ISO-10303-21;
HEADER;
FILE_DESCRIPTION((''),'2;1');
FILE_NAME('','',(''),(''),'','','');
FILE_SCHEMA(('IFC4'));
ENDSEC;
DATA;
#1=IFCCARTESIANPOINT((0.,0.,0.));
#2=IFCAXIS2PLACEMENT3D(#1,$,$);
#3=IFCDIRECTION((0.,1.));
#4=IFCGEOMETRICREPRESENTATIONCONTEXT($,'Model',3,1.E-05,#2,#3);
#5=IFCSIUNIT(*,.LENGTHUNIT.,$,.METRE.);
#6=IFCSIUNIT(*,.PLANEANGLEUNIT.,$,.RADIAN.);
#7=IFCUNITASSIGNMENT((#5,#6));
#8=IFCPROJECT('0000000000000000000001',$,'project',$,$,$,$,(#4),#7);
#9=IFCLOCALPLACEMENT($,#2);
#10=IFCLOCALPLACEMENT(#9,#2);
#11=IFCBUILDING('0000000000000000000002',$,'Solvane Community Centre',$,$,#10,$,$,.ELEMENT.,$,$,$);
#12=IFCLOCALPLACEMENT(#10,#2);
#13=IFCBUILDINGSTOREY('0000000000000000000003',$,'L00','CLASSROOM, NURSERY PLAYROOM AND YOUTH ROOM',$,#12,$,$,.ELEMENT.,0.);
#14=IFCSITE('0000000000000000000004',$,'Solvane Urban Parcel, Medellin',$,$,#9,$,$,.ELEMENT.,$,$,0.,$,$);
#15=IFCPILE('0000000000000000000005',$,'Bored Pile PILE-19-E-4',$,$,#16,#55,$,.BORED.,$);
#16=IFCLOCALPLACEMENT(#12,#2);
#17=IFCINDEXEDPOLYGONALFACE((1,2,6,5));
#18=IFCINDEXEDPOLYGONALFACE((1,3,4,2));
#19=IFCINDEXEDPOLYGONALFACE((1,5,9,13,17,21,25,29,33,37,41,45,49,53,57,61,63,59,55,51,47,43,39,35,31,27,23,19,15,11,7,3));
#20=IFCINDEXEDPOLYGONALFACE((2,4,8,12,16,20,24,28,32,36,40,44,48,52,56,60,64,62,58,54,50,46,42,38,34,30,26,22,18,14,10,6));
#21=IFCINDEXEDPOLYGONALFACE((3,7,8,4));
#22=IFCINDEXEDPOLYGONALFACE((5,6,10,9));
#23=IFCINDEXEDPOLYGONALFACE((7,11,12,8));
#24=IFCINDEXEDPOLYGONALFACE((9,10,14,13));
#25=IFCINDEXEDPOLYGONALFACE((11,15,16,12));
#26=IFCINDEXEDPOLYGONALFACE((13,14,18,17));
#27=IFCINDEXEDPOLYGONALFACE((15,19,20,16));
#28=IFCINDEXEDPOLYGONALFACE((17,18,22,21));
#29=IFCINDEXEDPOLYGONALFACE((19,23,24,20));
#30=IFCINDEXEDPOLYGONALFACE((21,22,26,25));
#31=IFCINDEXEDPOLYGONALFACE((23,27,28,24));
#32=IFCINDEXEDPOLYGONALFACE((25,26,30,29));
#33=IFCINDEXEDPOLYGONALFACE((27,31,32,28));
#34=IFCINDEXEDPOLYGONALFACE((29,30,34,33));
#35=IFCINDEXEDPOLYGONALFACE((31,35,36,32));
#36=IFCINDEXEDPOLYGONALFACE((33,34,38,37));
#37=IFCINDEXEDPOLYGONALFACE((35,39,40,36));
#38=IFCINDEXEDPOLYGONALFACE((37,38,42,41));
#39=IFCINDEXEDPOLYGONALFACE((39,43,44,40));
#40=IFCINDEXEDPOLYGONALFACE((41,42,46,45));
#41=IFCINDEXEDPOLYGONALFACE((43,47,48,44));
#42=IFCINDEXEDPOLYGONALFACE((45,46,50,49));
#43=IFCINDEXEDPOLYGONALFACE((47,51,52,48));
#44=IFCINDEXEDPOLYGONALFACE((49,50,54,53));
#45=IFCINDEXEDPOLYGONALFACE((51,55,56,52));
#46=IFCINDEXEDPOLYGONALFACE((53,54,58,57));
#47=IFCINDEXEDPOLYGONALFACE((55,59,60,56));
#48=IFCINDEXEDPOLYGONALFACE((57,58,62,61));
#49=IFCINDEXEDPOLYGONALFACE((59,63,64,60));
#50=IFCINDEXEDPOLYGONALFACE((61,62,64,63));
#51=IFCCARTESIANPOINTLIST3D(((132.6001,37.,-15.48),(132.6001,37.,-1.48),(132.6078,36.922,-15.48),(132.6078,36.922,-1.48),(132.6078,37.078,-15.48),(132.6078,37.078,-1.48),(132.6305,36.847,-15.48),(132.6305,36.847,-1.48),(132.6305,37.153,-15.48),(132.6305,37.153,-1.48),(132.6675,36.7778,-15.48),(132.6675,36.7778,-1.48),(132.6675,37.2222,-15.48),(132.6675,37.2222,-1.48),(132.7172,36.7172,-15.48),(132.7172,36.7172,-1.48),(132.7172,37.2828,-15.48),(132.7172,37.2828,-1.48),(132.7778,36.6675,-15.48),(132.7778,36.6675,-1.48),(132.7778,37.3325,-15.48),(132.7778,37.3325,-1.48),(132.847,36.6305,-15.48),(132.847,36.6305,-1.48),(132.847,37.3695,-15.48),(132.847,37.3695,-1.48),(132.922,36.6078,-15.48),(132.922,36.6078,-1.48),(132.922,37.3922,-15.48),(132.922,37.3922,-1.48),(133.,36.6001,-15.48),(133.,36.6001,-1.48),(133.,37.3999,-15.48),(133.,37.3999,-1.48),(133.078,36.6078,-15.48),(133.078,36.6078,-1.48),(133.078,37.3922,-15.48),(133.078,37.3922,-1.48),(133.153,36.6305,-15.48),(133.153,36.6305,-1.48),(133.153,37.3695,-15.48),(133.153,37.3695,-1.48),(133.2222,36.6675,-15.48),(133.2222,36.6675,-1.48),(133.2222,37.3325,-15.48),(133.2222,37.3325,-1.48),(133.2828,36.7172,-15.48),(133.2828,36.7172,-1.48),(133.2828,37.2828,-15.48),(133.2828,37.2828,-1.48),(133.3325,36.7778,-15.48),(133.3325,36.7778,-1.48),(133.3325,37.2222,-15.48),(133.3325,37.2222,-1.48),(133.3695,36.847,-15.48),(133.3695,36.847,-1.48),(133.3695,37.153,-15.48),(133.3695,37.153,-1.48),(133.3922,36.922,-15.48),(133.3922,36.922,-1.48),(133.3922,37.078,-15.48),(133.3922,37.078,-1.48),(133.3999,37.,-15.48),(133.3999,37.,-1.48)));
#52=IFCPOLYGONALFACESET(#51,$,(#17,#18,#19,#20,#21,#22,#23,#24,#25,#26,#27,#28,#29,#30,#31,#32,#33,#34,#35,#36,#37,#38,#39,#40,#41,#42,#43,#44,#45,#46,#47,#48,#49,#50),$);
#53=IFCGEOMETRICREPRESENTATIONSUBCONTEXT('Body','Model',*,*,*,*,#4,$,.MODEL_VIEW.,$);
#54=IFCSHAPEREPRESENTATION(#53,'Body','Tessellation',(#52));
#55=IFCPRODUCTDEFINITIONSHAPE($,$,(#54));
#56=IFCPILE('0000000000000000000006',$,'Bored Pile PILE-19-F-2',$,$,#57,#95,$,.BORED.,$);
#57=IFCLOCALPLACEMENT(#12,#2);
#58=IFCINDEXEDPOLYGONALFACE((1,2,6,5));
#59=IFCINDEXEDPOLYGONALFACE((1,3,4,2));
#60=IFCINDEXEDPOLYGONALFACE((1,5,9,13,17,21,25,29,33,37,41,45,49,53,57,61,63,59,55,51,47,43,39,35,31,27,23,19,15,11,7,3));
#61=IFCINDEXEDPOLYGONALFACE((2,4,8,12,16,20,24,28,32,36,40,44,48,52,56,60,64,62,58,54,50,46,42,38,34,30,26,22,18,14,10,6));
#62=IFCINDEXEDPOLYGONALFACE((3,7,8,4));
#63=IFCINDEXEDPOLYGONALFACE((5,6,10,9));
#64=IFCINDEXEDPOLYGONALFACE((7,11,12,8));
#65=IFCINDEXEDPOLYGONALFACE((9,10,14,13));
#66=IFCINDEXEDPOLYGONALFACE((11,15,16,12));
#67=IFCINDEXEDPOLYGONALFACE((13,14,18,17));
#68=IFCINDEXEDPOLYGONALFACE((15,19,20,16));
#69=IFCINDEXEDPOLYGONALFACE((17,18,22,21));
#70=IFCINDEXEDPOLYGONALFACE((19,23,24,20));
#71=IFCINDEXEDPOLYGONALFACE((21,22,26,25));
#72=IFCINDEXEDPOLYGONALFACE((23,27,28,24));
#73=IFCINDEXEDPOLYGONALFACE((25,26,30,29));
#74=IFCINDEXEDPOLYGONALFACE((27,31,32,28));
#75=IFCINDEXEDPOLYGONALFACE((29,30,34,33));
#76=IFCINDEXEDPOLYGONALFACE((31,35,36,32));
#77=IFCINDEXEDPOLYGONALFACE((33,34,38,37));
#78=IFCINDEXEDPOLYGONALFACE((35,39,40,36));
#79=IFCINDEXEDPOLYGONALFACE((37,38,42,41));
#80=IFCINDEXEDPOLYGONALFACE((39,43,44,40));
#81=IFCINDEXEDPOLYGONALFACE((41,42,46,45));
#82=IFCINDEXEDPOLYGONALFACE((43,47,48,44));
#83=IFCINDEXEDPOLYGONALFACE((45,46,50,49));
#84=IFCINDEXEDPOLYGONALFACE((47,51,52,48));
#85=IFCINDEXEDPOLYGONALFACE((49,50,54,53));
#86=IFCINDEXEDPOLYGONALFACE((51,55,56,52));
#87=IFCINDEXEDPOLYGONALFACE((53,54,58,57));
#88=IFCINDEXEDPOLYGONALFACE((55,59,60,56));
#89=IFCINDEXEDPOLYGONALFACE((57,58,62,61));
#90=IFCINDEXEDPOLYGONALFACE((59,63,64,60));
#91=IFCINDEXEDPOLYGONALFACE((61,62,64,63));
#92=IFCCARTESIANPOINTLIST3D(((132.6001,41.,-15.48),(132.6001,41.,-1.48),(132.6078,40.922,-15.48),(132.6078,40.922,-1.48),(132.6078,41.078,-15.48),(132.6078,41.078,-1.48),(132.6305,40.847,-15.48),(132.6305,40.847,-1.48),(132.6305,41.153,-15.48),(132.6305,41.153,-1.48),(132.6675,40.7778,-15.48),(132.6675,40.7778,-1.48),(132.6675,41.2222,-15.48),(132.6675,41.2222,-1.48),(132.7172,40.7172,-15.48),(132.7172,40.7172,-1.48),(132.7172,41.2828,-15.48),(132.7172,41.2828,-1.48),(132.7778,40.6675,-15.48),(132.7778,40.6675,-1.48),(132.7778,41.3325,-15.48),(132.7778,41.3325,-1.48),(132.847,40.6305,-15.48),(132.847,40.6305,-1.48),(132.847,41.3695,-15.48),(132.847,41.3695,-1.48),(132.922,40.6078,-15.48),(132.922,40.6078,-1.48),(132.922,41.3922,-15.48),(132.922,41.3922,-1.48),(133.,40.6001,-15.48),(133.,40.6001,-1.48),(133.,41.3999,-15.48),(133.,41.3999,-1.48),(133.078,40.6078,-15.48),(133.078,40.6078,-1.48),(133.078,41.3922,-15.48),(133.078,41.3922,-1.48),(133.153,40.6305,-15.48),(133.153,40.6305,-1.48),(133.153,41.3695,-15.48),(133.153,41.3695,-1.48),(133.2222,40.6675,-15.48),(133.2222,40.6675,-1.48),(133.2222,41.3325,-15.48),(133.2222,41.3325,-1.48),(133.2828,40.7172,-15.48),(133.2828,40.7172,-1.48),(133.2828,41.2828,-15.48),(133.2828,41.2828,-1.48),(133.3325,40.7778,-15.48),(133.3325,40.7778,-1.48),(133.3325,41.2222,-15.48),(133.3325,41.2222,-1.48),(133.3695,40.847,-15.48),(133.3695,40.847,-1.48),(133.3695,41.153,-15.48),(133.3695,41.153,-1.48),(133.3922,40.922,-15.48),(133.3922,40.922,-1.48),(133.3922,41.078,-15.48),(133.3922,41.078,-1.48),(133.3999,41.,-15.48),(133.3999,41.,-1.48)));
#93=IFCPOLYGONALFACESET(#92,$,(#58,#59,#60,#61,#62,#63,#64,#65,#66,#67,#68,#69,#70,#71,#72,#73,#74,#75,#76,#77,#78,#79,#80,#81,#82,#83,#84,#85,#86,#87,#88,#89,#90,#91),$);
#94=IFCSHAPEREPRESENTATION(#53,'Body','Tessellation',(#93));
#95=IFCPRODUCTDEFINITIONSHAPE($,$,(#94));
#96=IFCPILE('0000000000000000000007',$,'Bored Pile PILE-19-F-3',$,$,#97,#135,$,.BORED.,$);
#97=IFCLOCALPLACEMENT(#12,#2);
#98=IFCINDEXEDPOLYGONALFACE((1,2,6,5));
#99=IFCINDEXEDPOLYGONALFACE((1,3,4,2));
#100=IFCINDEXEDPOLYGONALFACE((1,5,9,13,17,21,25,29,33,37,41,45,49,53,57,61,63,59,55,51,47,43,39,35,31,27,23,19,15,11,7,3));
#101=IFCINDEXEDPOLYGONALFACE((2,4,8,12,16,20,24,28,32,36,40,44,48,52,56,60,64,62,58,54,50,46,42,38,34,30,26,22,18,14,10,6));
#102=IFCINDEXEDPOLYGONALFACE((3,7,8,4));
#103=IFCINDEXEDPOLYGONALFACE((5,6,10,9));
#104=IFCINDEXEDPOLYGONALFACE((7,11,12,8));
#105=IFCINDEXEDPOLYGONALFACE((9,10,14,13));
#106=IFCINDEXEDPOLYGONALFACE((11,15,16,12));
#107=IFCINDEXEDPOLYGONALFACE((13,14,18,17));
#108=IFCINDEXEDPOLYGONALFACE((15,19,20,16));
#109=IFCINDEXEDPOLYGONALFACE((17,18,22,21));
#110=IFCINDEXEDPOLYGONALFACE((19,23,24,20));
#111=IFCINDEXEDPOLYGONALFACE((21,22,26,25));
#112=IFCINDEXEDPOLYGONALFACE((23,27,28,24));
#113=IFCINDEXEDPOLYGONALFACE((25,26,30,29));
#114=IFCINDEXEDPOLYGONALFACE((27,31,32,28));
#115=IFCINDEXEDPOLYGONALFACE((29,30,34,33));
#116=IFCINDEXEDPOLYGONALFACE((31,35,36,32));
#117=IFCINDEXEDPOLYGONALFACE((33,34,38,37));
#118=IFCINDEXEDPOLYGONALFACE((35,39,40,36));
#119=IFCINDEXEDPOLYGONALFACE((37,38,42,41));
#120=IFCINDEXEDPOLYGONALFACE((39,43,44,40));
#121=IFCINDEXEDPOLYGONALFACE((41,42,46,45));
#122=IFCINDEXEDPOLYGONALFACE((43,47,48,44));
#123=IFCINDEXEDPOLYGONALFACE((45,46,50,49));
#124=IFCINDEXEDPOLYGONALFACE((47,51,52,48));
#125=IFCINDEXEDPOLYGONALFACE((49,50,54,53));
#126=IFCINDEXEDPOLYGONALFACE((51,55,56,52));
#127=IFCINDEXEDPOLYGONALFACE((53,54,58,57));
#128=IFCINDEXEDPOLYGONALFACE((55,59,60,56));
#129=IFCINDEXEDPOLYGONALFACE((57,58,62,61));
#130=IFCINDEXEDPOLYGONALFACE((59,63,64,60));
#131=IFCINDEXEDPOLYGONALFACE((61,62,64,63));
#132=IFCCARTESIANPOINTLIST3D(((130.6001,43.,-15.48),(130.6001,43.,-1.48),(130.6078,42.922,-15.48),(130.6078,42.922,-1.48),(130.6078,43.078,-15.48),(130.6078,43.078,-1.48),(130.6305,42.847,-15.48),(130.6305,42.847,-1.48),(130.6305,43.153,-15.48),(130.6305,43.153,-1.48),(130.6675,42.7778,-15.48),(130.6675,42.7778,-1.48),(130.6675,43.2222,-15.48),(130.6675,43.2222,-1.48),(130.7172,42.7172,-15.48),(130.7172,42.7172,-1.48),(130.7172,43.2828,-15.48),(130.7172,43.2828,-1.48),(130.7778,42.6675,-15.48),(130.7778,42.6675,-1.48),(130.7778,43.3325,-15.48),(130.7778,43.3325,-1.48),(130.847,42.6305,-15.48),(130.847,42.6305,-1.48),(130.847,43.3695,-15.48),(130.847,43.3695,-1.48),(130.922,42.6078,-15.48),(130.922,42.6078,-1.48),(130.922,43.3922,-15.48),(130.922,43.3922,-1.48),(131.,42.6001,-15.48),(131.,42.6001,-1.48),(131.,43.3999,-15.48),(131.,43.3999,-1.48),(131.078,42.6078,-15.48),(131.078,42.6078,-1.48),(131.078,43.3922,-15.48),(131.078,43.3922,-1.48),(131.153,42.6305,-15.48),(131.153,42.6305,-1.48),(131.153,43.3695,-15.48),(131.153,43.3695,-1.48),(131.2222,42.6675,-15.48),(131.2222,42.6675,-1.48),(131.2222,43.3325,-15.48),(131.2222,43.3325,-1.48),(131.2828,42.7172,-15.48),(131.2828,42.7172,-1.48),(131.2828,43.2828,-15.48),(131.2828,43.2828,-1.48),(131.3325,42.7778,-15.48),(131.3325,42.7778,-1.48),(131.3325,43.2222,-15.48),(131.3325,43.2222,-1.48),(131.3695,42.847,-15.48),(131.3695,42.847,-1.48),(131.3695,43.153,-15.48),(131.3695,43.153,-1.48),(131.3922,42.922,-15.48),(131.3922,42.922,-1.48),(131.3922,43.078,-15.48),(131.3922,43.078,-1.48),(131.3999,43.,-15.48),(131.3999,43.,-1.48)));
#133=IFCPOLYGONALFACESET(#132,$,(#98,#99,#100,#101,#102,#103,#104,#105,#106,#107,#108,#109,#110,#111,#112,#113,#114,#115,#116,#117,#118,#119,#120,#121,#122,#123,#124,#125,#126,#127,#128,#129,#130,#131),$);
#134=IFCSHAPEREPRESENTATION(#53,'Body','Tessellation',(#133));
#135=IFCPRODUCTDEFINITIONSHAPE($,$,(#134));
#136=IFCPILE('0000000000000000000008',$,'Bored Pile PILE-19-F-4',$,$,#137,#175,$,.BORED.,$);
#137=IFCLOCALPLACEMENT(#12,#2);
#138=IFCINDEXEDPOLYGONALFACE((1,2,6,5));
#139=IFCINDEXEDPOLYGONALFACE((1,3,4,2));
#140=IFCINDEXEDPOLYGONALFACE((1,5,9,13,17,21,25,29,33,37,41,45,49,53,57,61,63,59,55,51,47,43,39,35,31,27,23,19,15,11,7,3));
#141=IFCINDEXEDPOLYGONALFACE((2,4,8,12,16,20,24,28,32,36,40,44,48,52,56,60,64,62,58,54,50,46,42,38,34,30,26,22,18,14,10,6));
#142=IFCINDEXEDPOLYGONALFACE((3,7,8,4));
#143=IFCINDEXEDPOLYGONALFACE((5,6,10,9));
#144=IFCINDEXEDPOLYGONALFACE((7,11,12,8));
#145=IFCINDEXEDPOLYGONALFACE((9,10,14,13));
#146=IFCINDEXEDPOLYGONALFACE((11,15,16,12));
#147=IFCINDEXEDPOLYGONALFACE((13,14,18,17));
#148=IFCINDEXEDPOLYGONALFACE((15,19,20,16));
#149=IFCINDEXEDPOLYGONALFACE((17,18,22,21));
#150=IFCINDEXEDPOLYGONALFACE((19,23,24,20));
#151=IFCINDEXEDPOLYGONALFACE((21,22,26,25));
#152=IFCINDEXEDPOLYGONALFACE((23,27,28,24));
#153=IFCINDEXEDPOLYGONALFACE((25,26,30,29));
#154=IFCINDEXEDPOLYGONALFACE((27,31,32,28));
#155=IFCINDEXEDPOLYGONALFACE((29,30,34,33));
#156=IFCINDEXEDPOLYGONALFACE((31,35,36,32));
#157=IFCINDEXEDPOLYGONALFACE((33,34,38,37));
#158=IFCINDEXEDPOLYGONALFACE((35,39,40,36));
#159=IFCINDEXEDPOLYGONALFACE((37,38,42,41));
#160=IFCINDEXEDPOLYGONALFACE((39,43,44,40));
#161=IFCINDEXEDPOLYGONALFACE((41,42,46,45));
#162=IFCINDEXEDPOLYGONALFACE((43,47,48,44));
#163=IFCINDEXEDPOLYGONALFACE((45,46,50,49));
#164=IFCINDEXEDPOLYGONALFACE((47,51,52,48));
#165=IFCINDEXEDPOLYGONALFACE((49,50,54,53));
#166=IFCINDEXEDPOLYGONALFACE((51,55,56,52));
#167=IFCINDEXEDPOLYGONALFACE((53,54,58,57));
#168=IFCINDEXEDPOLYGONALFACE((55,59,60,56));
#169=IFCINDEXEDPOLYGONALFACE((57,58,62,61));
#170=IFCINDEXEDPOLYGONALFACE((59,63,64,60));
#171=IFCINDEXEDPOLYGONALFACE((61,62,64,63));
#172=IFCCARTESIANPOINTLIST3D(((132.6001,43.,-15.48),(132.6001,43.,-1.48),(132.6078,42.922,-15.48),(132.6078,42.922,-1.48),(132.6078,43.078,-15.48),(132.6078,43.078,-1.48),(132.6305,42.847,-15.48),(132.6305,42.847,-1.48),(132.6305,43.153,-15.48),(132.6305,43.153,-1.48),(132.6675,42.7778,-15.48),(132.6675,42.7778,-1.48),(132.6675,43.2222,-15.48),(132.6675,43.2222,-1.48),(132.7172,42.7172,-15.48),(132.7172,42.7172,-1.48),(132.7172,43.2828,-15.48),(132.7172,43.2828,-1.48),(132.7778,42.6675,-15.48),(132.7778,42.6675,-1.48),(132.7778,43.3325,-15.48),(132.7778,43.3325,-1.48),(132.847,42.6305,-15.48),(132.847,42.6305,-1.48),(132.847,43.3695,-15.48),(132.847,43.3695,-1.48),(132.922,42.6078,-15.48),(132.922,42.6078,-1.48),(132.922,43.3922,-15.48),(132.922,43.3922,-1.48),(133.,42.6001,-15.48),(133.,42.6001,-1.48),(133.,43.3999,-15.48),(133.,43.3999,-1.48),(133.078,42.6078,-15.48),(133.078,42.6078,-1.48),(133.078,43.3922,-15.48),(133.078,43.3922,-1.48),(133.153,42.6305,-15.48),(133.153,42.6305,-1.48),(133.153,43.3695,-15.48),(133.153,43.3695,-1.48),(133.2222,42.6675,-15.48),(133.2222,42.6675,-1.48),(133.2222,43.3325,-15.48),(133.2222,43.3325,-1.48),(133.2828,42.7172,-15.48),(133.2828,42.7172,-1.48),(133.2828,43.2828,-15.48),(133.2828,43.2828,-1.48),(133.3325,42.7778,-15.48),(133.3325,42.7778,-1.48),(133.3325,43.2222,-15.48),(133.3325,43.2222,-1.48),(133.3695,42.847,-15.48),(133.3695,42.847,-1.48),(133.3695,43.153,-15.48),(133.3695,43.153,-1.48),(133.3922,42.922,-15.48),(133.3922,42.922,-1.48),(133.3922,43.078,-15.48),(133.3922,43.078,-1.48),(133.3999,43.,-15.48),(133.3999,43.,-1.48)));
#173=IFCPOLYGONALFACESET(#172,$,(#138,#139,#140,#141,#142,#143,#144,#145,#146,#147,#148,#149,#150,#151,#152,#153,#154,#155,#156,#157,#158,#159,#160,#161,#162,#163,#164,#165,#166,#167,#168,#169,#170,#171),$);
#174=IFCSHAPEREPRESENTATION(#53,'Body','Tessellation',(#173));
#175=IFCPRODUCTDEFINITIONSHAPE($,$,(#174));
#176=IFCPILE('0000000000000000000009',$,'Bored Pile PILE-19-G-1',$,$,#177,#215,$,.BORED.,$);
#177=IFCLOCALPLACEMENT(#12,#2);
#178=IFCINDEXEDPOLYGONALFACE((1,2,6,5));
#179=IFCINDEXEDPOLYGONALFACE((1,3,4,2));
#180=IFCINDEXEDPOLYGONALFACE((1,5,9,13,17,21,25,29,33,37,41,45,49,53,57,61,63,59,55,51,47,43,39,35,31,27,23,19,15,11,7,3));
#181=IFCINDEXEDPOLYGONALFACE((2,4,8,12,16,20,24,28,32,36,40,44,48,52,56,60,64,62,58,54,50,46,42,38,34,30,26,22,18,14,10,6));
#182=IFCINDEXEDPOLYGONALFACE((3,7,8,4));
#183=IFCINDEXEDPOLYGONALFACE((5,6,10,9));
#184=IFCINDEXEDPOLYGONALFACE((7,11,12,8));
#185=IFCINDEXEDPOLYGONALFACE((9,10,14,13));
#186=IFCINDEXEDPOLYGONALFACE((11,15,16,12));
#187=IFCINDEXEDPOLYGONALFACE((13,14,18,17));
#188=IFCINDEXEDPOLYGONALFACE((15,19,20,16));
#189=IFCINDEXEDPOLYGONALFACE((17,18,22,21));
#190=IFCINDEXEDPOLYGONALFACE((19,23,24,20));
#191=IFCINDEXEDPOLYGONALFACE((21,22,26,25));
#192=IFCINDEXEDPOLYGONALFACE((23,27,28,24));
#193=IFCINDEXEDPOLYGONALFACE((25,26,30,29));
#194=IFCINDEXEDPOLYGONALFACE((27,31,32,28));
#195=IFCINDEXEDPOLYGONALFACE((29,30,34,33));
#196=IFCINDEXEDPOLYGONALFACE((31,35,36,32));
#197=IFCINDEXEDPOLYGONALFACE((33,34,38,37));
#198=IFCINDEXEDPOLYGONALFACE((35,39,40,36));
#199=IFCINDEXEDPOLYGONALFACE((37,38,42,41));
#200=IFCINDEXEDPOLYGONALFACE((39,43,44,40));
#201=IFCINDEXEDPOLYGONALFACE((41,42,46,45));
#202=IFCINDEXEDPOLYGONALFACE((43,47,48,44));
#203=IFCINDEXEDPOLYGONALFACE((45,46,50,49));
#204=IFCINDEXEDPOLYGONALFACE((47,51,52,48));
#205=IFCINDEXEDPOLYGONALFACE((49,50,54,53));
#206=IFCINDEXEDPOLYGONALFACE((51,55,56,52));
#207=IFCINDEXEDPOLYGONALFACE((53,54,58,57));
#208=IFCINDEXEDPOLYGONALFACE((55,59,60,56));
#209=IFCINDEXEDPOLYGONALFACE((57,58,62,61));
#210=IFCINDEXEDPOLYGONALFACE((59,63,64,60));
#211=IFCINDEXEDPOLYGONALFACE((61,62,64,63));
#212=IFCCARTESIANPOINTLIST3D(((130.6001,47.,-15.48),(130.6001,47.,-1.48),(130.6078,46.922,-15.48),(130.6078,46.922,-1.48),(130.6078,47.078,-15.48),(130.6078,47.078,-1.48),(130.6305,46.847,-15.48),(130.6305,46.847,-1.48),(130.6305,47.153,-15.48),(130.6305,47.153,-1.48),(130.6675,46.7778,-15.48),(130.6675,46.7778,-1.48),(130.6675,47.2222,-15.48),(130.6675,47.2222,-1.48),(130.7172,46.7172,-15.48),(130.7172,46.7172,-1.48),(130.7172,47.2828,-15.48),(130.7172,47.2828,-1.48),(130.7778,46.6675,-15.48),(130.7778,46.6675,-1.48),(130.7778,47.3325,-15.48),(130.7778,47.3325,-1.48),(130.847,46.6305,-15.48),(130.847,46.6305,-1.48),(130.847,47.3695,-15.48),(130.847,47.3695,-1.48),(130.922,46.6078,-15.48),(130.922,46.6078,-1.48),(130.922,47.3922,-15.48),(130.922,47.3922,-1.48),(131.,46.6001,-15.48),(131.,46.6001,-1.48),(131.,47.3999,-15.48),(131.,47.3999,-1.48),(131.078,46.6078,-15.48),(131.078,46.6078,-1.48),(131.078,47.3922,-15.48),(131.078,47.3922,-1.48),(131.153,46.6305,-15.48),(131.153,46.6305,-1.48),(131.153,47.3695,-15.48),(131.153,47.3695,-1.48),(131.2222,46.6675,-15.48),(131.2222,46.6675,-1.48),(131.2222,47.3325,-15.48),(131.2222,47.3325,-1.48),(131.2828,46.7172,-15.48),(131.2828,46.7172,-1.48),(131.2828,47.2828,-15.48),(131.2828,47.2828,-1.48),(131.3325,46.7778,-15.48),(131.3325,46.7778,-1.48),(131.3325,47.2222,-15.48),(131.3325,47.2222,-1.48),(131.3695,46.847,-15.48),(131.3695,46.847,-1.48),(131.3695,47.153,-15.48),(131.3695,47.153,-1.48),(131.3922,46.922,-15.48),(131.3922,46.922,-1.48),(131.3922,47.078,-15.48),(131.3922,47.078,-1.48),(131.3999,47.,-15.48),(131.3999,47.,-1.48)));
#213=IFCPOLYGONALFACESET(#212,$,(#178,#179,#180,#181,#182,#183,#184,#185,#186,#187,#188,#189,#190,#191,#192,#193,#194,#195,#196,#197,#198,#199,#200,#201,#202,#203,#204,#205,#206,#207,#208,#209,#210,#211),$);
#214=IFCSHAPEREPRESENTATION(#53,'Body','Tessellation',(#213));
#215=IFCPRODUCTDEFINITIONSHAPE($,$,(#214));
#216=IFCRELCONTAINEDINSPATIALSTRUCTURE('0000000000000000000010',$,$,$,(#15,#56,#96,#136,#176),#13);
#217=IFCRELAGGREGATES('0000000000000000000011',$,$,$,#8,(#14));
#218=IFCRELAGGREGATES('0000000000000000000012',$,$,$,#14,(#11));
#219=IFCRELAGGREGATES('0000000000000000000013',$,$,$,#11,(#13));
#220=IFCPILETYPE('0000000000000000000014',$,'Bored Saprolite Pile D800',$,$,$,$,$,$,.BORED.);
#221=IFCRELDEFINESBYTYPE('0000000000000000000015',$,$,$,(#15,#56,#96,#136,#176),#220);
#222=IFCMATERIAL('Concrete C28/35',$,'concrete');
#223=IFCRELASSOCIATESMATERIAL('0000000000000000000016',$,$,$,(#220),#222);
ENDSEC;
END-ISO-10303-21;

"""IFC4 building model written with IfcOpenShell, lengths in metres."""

from ifc_helpers import new_model, si_unit, direction, frame, origin, origin_2d, place, context, subcontext, project, spatial, circle, extrude, material, material_profile, profile_set, type_object, element, save


model = new_model("IFC4")

# Units and contexts
model_context = context("Model", 3, precision=1e-05, world=origin(), true_north=direction((0.0, 1.0)))
body_context = subcontext(model_context, "Body", "Model", "MODEL_VIEW")
ifc_project = project(units=[si_unit("LENGTHUNIT", "METRE"), si_unit("PLANEANGLEUNIT", "RADIAN")], contexts=[model_context])

# Site, building, storey
site_placement = place(None, origin())
site = spatial("IfcSite", under=ifc_project, at=site_placement, Name="Solvane Urban Parcel, Medellin", CompositionType="ELEMENT", RefElevation=0.0)
building_placement = place(site_placement, origin())
building = spatial("IfcBuilding", under=site, at=building_placement, Name="Solvane Community Centre", CompositionType="ELEMENT")
storey_placement = place(building_placement, origin())
storey = spatial("IfcBuildingStorey", under=building, at=storey_placement, Name="L00", Description="CLASSROOM, NURSERY PLAYROOM AND YOUTH ROOM", CompositionType="ELEMENT", Elevation=0.0)

# Piles
ifc_material_1 = material(Name="Concrete C28/35", Category="concrete")
ifc_material_profile_1 = material_profile(ifc_material_1, circle(Radius=0.3999, at=origin_2d()), Name="PILE D800")
ifc_profile_set_1 = profile_set([ifc_material_profile_1], Name="Concrete C28/35")
pile_type = type_object("IfcPileType", Name="Bored Saprolite Pile D800", PredefinedType="BORED", material=ifc_profile_set_1)
for number, where, z_axis, x_axis, name in (
    (1, (133.0, 37.0, -1.48), (0.0, 0.0, -1.0), (1.0, 0.0, 0.0), "Bored Pile PILE-19-E-4"),
    (2, (133.0, 41.0, -1.48), (0.0, 0.0, -1.0), (1.0, 0.0, 0.0), "Bored Pile PILE-19-F-2"),
    (3, (131.0, 43.0, -1.48), (0.0, 0.0, -1.0), (1.0, 0.0, 0.0), "Bored Pile PILE-19-F-3"),
    (4, (133.0, 43.0, -1.48), (0.0, 0.0, -1.0), (1.0, 0.0, 0.0), "Bored Pile PILE-19-F-4"),
    (5, (131.0, 47.0, -1.48), (0.0, 0.0, -1.0), (1.0, 0.0, 0.0), "Bored Pile PILE-19-G-1"),
):
    element("IfcPile", number, at=place(storey_placement, frame(where, z_axis=z_axis, x_axis=x_axis)), inside=storey, type_object=pile_type, Name=name, PredefinedType="BORED", context=body_context, shape_type="SweptSolid", body=[
        extrude(circle(Radius=0.3999, at=origin_2d()), origin(), (0.0, 0.0, 1.0), 14.0),
    ])

save(model, "model.ifc")
